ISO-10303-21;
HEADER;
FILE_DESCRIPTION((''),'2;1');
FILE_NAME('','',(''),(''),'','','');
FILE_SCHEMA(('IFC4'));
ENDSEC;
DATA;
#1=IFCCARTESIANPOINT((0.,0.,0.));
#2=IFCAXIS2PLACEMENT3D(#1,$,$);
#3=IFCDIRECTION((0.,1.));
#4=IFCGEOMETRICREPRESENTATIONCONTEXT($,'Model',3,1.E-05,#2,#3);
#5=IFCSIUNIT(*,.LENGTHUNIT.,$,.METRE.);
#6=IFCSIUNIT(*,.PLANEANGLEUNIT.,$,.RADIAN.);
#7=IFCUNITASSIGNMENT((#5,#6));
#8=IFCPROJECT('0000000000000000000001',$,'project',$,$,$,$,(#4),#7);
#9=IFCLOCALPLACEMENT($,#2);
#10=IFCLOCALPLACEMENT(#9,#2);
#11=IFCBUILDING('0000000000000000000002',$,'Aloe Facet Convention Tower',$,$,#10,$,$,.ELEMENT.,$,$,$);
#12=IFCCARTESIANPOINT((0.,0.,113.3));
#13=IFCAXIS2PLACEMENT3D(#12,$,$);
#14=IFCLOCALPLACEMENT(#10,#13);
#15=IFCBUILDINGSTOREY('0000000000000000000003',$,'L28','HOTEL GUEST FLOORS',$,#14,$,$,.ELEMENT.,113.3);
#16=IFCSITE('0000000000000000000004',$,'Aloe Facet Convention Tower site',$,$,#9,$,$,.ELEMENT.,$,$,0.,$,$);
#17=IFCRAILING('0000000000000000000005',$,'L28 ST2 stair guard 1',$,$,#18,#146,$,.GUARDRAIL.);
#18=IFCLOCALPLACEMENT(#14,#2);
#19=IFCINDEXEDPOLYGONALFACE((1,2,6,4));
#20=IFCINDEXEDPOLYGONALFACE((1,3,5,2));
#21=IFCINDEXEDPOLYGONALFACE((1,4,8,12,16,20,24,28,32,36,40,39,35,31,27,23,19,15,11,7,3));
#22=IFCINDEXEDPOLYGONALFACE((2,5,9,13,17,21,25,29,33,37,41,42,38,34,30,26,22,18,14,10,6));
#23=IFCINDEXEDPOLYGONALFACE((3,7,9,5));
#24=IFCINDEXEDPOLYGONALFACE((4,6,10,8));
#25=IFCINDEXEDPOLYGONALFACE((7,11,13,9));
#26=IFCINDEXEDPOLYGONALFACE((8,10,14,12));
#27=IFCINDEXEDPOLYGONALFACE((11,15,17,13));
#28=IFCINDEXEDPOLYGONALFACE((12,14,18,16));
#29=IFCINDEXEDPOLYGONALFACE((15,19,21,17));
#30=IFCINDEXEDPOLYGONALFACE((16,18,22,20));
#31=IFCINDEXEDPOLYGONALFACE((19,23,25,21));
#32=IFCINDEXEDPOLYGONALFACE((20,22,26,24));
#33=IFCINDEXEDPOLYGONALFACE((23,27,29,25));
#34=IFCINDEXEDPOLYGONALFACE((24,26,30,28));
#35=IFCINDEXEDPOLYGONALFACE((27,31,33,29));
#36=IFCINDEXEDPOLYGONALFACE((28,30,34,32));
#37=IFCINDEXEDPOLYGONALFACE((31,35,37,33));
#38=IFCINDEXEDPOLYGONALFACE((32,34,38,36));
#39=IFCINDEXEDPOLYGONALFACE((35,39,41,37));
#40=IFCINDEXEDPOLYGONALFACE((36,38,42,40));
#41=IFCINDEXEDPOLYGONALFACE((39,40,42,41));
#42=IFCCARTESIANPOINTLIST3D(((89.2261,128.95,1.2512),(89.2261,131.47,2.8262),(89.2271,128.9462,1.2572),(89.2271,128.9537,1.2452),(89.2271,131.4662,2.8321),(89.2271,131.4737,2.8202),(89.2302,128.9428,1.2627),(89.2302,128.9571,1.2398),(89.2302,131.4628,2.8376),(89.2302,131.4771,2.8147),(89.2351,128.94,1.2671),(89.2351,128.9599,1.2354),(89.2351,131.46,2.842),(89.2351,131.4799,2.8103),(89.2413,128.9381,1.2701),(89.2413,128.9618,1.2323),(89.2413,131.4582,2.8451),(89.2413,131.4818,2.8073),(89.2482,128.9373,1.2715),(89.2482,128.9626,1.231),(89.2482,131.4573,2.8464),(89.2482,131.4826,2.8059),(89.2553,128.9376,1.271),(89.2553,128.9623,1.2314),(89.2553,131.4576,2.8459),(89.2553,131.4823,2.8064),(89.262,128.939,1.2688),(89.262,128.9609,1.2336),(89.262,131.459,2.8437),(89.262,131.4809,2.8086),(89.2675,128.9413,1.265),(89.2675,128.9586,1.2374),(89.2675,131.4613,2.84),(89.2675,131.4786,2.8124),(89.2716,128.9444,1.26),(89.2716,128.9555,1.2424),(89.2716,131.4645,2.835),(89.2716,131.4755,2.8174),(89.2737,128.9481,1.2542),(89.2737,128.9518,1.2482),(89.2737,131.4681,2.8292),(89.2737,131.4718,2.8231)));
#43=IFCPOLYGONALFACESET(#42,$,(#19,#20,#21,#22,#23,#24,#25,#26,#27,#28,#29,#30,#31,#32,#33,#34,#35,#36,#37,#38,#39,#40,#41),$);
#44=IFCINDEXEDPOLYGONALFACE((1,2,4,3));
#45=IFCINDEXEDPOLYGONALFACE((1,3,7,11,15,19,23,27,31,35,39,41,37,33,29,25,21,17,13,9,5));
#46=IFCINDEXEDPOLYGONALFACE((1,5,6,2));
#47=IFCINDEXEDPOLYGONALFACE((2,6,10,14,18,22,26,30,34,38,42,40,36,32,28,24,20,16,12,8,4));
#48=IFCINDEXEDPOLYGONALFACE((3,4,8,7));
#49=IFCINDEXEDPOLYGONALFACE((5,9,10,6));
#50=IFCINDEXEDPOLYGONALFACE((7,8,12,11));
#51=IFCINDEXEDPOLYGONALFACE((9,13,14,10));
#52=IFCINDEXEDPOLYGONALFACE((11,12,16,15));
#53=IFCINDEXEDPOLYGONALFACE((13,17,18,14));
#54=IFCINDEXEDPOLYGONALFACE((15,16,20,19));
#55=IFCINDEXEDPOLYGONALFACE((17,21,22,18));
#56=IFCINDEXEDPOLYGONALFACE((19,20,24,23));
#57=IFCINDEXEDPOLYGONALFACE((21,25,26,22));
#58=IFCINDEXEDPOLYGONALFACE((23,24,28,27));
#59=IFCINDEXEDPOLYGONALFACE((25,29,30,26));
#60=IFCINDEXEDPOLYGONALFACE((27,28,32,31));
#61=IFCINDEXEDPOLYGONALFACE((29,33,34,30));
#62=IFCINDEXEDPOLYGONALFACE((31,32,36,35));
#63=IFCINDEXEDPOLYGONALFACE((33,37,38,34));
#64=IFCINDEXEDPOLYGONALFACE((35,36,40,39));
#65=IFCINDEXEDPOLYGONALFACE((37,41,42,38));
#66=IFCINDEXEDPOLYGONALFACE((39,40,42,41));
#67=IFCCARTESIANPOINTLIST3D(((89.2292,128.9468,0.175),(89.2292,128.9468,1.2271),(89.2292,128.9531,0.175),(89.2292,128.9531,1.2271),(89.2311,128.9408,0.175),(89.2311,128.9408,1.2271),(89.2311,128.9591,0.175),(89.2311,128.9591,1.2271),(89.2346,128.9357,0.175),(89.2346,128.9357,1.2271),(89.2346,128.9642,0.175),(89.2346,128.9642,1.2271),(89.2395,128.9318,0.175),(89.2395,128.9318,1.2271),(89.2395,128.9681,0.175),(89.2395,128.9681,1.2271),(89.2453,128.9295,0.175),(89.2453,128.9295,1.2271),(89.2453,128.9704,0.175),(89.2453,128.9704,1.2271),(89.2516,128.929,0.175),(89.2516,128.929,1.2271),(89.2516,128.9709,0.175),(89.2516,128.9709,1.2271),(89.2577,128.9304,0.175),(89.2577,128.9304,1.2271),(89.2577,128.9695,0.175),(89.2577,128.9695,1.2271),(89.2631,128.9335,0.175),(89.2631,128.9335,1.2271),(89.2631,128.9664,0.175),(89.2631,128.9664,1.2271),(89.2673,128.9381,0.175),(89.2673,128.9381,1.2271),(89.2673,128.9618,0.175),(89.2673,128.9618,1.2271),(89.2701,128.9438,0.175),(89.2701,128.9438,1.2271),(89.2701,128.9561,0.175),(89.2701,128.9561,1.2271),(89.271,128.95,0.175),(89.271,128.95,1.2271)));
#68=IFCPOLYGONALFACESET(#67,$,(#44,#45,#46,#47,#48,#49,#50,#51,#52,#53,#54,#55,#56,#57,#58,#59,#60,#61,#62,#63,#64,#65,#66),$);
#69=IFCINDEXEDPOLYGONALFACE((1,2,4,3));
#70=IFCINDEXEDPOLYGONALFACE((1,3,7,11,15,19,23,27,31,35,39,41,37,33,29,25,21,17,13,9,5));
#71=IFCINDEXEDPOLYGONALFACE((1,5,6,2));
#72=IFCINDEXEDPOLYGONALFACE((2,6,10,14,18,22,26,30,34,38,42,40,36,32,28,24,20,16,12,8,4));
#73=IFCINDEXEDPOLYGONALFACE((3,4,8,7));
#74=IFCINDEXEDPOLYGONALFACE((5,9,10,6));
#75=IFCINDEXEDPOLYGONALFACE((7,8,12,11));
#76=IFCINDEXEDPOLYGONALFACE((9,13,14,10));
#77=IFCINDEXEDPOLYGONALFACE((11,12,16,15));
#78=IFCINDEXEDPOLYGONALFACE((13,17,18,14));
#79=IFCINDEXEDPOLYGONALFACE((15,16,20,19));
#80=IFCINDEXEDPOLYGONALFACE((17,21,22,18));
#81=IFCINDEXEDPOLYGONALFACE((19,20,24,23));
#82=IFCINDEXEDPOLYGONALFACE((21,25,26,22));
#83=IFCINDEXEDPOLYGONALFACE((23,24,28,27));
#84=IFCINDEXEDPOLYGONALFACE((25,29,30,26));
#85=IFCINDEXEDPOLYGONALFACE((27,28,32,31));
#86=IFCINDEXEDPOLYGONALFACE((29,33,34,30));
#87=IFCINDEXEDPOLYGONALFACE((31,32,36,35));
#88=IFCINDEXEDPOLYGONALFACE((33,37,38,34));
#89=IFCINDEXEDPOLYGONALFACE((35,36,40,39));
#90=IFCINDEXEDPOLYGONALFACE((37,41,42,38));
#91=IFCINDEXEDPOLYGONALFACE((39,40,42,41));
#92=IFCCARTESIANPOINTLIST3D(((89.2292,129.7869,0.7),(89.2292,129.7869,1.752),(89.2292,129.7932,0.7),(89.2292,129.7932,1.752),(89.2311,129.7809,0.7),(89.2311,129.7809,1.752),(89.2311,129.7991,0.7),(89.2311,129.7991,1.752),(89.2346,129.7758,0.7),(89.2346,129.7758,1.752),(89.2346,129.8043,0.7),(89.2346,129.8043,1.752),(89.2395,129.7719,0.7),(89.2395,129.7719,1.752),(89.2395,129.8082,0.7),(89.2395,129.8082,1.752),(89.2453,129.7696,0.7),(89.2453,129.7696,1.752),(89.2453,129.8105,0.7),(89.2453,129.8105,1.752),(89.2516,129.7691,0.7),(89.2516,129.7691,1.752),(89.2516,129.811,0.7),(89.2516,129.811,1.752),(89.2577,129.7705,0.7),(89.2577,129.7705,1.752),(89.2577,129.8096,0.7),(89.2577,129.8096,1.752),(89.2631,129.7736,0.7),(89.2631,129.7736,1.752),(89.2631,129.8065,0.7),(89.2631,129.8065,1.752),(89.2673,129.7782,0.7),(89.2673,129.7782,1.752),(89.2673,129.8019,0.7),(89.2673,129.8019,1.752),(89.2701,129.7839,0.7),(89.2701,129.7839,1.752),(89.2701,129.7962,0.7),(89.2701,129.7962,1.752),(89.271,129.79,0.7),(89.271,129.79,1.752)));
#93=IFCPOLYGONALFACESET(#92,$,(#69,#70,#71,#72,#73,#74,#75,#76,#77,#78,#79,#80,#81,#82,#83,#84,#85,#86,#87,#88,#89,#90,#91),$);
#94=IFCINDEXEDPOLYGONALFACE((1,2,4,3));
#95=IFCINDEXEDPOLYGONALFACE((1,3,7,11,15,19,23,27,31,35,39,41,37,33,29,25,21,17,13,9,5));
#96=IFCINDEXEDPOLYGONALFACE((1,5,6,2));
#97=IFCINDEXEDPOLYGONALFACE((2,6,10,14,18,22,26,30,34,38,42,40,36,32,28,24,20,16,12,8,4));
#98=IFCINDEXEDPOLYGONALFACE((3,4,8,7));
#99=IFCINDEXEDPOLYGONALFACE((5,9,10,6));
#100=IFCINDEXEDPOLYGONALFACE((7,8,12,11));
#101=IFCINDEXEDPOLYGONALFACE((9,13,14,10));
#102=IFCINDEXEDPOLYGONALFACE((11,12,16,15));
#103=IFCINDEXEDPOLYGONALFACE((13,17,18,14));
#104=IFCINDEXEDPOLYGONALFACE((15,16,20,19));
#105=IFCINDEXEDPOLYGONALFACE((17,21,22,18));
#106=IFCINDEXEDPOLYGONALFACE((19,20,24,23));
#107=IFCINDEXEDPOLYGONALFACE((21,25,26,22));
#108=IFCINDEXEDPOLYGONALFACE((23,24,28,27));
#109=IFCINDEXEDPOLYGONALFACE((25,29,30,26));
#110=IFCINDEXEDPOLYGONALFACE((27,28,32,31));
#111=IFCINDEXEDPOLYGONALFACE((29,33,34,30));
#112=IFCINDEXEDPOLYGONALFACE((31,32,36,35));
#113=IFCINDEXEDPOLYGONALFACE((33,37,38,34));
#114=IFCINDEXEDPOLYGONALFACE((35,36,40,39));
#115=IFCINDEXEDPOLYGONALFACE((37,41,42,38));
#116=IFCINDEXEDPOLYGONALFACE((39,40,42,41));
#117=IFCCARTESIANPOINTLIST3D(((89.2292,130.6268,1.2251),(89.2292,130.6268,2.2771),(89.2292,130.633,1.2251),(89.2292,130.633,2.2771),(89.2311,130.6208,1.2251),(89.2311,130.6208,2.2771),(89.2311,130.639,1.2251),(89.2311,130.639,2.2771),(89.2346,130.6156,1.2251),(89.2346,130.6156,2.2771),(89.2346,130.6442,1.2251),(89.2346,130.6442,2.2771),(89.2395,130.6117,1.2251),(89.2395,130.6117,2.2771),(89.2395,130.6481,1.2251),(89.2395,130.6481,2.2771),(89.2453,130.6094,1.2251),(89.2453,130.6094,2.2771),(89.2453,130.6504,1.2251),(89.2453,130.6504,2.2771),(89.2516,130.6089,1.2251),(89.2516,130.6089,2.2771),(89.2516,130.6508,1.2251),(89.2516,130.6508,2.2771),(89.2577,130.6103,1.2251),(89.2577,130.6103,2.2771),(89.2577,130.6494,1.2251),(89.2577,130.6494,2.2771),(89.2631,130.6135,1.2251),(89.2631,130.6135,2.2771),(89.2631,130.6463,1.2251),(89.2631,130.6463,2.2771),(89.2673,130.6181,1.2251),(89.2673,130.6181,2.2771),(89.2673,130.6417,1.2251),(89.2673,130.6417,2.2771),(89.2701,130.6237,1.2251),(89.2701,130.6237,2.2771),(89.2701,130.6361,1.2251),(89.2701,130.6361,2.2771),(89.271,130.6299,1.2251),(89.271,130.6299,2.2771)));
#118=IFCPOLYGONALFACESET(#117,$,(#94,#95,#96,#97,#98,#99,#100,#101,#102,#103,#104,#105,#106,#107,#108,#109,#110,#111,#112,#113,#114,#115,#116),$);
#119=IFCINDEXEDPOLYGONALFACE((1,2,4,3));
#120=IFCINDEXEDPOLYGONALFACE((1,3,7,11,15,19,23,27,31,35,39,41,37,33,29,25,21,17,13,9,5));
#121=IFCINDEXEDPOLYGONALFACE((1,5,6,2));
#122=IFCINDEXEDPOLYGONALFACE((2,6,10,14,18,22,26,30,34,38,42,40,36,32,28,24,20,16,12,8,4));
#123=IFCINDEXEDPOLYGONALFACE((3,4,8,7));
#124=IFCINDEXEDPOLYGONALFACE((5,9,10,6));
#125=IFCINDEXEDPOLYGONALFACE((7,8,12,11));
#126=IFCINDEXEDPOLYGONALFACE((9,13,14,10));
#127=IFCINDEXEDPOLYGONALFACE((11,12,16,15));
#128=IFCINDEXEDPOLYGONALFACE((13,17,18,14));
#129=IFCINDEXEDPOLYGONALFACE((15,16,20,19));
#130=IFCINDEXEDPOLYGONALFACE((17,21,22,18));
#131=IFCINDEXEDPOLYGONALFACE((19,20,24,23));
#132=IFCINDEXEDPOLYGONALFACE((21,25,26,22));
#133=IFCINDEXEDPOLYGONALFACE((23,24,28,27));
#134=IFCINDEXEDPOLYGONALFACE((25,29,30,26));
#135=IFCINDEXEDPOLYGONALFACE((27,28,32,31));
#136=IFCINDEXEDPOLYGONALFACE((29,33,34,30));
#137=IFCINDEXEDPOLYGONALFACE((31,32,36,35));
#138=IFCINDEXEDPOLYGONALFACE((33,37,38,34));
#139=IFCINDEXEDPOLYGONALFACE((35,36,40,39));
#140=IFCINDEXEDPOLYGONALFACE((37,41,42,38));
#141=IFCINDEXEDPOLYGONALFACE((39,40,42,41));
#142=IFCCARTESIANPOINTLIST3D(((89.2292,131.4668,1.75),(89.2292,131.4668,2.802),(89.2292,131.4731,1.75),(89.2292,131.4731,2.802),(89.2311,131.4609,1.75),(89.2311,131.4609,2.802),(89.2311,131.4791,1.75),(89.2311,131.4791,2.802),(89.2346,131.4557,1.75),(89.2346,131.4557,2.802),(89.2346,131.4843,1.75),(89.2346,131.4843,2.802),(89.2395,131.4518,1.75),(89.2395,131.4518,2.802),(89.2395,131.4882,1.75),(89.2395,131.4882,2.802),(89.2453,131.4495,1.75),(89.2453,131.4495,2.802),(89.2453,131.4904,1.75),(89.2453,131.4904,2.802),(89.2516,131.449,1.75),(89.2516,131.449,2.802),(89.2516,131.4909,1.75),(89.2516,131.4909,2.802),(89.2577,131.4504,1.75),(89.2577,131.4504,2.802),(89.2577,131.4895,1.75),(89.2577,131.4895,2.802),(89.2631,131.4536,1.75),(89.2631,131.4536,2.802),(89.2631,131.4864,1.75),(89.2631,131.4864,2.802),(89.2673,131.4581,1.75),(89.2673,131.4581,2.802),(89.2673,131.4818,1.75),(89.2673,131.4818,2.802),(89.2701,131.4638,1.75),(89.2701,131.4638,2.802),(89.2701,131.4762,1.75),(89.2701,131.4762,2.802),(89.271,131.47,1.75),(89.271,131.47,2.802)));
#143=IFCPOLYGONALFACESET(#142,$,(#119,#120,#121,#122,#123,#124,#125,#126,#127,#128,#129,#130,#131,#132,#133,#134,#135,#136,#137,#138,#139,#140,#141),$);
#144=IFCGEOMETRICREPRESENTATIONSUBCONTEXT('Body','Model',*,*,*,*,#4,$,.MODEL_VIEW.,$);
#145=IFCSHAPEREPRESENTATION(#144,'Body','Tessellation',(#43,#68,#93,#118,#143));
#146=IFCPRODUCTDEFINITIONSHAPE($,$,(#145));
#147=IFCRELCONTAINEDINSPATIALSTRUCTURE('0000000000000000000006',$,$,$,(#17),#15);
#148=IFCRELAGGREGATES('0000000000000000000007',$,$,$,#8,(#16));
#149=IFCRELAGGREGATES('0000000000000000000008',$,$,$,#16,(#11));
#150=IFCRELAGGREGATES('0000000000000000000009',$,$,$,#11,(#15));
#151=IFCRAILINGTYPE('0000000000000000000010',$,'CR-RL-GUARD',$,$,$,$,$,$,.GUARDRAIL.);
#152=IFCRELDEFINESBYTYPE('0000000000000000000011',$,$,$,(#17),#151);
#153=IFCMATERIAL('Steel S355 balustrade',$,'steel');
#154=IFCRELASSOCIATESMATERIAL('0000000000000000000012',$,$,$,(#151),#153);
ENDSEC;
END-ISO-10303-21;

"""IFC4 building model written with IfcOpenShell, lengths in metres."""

from ifc_helpers import new_model, si_unit, direction, frame, origin, origin_2d, place, context, subcontext, project, spatial, circle, extrude, material, type_object, element, save


model = new_model("IFC4")

# Units and contexts
model_context = context("Model", 3, precision=1e-05, world=origin(), true_north=direction((0.0, 1.0)))
body_context = subcontext(model_context, "Body", "Model", "MODEL_VIEW")
ifc_project = project(units=[si_unit("LENGTHUNIT", "METRE"), si_unit("PLANEANGLEUNIT", "RADIAN")], contexts=[model_context])

# Site, building, storey
site_placement = place(None, origin())
site = spatial("IfcSite", under=ifc_project, at=site_placement, Name="Aloe Facet Convention Tower site", CompositionType="ELEMENT", RefElevation=0.0)
building_placement = place(site_placement, origin())
building = spatial("IfcBuilding", under=site, at=building_placement, Name="Aloe Facet Convention Tower", CompositionType="ELEMENT")
storey_placement = place(building_placement, frame((0.0, 0.0, 113.3)))
storey = spatial("IfcBuildingStorey", under=building, at=storey_placement, Name="L28", Description="HOTEL GUEST FLOORS", CompositionType="ELEMENT", Elevation=113.3)

# Railing
ifc_material_1 = material(Name="Steel S355 balustrade", Category="steel")
railing_type = type_object("IfcRailingType", Name="CR-RL-GUARD", PredefinedType="GUARDRAIL", material=ifc_material_1)
railing_1_placement = place(storey_placement, frame((89.25, 128.95, 0.175)))
element("IfcRailing", 1, at=railing_1_placement, inside=storey, type_object=railing_type, Name="L28 ST2 stair guard 1", PredefinedType="GUARDRAIL", context=body_context, shape_type="SweptSolid", body=[
    extrude(circle(Radius=0.0239, at=origin_2d()), frame((0.0, 0.0, 1.0762), z_axis=(0.0, 0.848008, 0.529984), x_axis=(-1.0, 0.0, 0.0)), (0.0, 0.0, 1.0), 2.9717),
    extrude(circle(Radius=0.021, at=origin_2d()), origin(), (0.0, 0.0, 1.0), 1.052),
    extrude(circle(Radius=0.021, at=origin_2d()), frame((0.0, 0.8401, 0.5249)), (0.0, 0.0, 1.0), 1.052),
    extrude(circle(Radius=0.021, at=origin_2d()), frame((0.0, 1.6799, 1.05)), (0.0, 0.0, 1.0), 1.052),
    extrude(circle(Radius=0.021, at=origin_2d()), frame((0.0, 2.52, 1.575)), (0.0, 0.0, 1.0), 1.052),
])

save(model, "model.ifc")
